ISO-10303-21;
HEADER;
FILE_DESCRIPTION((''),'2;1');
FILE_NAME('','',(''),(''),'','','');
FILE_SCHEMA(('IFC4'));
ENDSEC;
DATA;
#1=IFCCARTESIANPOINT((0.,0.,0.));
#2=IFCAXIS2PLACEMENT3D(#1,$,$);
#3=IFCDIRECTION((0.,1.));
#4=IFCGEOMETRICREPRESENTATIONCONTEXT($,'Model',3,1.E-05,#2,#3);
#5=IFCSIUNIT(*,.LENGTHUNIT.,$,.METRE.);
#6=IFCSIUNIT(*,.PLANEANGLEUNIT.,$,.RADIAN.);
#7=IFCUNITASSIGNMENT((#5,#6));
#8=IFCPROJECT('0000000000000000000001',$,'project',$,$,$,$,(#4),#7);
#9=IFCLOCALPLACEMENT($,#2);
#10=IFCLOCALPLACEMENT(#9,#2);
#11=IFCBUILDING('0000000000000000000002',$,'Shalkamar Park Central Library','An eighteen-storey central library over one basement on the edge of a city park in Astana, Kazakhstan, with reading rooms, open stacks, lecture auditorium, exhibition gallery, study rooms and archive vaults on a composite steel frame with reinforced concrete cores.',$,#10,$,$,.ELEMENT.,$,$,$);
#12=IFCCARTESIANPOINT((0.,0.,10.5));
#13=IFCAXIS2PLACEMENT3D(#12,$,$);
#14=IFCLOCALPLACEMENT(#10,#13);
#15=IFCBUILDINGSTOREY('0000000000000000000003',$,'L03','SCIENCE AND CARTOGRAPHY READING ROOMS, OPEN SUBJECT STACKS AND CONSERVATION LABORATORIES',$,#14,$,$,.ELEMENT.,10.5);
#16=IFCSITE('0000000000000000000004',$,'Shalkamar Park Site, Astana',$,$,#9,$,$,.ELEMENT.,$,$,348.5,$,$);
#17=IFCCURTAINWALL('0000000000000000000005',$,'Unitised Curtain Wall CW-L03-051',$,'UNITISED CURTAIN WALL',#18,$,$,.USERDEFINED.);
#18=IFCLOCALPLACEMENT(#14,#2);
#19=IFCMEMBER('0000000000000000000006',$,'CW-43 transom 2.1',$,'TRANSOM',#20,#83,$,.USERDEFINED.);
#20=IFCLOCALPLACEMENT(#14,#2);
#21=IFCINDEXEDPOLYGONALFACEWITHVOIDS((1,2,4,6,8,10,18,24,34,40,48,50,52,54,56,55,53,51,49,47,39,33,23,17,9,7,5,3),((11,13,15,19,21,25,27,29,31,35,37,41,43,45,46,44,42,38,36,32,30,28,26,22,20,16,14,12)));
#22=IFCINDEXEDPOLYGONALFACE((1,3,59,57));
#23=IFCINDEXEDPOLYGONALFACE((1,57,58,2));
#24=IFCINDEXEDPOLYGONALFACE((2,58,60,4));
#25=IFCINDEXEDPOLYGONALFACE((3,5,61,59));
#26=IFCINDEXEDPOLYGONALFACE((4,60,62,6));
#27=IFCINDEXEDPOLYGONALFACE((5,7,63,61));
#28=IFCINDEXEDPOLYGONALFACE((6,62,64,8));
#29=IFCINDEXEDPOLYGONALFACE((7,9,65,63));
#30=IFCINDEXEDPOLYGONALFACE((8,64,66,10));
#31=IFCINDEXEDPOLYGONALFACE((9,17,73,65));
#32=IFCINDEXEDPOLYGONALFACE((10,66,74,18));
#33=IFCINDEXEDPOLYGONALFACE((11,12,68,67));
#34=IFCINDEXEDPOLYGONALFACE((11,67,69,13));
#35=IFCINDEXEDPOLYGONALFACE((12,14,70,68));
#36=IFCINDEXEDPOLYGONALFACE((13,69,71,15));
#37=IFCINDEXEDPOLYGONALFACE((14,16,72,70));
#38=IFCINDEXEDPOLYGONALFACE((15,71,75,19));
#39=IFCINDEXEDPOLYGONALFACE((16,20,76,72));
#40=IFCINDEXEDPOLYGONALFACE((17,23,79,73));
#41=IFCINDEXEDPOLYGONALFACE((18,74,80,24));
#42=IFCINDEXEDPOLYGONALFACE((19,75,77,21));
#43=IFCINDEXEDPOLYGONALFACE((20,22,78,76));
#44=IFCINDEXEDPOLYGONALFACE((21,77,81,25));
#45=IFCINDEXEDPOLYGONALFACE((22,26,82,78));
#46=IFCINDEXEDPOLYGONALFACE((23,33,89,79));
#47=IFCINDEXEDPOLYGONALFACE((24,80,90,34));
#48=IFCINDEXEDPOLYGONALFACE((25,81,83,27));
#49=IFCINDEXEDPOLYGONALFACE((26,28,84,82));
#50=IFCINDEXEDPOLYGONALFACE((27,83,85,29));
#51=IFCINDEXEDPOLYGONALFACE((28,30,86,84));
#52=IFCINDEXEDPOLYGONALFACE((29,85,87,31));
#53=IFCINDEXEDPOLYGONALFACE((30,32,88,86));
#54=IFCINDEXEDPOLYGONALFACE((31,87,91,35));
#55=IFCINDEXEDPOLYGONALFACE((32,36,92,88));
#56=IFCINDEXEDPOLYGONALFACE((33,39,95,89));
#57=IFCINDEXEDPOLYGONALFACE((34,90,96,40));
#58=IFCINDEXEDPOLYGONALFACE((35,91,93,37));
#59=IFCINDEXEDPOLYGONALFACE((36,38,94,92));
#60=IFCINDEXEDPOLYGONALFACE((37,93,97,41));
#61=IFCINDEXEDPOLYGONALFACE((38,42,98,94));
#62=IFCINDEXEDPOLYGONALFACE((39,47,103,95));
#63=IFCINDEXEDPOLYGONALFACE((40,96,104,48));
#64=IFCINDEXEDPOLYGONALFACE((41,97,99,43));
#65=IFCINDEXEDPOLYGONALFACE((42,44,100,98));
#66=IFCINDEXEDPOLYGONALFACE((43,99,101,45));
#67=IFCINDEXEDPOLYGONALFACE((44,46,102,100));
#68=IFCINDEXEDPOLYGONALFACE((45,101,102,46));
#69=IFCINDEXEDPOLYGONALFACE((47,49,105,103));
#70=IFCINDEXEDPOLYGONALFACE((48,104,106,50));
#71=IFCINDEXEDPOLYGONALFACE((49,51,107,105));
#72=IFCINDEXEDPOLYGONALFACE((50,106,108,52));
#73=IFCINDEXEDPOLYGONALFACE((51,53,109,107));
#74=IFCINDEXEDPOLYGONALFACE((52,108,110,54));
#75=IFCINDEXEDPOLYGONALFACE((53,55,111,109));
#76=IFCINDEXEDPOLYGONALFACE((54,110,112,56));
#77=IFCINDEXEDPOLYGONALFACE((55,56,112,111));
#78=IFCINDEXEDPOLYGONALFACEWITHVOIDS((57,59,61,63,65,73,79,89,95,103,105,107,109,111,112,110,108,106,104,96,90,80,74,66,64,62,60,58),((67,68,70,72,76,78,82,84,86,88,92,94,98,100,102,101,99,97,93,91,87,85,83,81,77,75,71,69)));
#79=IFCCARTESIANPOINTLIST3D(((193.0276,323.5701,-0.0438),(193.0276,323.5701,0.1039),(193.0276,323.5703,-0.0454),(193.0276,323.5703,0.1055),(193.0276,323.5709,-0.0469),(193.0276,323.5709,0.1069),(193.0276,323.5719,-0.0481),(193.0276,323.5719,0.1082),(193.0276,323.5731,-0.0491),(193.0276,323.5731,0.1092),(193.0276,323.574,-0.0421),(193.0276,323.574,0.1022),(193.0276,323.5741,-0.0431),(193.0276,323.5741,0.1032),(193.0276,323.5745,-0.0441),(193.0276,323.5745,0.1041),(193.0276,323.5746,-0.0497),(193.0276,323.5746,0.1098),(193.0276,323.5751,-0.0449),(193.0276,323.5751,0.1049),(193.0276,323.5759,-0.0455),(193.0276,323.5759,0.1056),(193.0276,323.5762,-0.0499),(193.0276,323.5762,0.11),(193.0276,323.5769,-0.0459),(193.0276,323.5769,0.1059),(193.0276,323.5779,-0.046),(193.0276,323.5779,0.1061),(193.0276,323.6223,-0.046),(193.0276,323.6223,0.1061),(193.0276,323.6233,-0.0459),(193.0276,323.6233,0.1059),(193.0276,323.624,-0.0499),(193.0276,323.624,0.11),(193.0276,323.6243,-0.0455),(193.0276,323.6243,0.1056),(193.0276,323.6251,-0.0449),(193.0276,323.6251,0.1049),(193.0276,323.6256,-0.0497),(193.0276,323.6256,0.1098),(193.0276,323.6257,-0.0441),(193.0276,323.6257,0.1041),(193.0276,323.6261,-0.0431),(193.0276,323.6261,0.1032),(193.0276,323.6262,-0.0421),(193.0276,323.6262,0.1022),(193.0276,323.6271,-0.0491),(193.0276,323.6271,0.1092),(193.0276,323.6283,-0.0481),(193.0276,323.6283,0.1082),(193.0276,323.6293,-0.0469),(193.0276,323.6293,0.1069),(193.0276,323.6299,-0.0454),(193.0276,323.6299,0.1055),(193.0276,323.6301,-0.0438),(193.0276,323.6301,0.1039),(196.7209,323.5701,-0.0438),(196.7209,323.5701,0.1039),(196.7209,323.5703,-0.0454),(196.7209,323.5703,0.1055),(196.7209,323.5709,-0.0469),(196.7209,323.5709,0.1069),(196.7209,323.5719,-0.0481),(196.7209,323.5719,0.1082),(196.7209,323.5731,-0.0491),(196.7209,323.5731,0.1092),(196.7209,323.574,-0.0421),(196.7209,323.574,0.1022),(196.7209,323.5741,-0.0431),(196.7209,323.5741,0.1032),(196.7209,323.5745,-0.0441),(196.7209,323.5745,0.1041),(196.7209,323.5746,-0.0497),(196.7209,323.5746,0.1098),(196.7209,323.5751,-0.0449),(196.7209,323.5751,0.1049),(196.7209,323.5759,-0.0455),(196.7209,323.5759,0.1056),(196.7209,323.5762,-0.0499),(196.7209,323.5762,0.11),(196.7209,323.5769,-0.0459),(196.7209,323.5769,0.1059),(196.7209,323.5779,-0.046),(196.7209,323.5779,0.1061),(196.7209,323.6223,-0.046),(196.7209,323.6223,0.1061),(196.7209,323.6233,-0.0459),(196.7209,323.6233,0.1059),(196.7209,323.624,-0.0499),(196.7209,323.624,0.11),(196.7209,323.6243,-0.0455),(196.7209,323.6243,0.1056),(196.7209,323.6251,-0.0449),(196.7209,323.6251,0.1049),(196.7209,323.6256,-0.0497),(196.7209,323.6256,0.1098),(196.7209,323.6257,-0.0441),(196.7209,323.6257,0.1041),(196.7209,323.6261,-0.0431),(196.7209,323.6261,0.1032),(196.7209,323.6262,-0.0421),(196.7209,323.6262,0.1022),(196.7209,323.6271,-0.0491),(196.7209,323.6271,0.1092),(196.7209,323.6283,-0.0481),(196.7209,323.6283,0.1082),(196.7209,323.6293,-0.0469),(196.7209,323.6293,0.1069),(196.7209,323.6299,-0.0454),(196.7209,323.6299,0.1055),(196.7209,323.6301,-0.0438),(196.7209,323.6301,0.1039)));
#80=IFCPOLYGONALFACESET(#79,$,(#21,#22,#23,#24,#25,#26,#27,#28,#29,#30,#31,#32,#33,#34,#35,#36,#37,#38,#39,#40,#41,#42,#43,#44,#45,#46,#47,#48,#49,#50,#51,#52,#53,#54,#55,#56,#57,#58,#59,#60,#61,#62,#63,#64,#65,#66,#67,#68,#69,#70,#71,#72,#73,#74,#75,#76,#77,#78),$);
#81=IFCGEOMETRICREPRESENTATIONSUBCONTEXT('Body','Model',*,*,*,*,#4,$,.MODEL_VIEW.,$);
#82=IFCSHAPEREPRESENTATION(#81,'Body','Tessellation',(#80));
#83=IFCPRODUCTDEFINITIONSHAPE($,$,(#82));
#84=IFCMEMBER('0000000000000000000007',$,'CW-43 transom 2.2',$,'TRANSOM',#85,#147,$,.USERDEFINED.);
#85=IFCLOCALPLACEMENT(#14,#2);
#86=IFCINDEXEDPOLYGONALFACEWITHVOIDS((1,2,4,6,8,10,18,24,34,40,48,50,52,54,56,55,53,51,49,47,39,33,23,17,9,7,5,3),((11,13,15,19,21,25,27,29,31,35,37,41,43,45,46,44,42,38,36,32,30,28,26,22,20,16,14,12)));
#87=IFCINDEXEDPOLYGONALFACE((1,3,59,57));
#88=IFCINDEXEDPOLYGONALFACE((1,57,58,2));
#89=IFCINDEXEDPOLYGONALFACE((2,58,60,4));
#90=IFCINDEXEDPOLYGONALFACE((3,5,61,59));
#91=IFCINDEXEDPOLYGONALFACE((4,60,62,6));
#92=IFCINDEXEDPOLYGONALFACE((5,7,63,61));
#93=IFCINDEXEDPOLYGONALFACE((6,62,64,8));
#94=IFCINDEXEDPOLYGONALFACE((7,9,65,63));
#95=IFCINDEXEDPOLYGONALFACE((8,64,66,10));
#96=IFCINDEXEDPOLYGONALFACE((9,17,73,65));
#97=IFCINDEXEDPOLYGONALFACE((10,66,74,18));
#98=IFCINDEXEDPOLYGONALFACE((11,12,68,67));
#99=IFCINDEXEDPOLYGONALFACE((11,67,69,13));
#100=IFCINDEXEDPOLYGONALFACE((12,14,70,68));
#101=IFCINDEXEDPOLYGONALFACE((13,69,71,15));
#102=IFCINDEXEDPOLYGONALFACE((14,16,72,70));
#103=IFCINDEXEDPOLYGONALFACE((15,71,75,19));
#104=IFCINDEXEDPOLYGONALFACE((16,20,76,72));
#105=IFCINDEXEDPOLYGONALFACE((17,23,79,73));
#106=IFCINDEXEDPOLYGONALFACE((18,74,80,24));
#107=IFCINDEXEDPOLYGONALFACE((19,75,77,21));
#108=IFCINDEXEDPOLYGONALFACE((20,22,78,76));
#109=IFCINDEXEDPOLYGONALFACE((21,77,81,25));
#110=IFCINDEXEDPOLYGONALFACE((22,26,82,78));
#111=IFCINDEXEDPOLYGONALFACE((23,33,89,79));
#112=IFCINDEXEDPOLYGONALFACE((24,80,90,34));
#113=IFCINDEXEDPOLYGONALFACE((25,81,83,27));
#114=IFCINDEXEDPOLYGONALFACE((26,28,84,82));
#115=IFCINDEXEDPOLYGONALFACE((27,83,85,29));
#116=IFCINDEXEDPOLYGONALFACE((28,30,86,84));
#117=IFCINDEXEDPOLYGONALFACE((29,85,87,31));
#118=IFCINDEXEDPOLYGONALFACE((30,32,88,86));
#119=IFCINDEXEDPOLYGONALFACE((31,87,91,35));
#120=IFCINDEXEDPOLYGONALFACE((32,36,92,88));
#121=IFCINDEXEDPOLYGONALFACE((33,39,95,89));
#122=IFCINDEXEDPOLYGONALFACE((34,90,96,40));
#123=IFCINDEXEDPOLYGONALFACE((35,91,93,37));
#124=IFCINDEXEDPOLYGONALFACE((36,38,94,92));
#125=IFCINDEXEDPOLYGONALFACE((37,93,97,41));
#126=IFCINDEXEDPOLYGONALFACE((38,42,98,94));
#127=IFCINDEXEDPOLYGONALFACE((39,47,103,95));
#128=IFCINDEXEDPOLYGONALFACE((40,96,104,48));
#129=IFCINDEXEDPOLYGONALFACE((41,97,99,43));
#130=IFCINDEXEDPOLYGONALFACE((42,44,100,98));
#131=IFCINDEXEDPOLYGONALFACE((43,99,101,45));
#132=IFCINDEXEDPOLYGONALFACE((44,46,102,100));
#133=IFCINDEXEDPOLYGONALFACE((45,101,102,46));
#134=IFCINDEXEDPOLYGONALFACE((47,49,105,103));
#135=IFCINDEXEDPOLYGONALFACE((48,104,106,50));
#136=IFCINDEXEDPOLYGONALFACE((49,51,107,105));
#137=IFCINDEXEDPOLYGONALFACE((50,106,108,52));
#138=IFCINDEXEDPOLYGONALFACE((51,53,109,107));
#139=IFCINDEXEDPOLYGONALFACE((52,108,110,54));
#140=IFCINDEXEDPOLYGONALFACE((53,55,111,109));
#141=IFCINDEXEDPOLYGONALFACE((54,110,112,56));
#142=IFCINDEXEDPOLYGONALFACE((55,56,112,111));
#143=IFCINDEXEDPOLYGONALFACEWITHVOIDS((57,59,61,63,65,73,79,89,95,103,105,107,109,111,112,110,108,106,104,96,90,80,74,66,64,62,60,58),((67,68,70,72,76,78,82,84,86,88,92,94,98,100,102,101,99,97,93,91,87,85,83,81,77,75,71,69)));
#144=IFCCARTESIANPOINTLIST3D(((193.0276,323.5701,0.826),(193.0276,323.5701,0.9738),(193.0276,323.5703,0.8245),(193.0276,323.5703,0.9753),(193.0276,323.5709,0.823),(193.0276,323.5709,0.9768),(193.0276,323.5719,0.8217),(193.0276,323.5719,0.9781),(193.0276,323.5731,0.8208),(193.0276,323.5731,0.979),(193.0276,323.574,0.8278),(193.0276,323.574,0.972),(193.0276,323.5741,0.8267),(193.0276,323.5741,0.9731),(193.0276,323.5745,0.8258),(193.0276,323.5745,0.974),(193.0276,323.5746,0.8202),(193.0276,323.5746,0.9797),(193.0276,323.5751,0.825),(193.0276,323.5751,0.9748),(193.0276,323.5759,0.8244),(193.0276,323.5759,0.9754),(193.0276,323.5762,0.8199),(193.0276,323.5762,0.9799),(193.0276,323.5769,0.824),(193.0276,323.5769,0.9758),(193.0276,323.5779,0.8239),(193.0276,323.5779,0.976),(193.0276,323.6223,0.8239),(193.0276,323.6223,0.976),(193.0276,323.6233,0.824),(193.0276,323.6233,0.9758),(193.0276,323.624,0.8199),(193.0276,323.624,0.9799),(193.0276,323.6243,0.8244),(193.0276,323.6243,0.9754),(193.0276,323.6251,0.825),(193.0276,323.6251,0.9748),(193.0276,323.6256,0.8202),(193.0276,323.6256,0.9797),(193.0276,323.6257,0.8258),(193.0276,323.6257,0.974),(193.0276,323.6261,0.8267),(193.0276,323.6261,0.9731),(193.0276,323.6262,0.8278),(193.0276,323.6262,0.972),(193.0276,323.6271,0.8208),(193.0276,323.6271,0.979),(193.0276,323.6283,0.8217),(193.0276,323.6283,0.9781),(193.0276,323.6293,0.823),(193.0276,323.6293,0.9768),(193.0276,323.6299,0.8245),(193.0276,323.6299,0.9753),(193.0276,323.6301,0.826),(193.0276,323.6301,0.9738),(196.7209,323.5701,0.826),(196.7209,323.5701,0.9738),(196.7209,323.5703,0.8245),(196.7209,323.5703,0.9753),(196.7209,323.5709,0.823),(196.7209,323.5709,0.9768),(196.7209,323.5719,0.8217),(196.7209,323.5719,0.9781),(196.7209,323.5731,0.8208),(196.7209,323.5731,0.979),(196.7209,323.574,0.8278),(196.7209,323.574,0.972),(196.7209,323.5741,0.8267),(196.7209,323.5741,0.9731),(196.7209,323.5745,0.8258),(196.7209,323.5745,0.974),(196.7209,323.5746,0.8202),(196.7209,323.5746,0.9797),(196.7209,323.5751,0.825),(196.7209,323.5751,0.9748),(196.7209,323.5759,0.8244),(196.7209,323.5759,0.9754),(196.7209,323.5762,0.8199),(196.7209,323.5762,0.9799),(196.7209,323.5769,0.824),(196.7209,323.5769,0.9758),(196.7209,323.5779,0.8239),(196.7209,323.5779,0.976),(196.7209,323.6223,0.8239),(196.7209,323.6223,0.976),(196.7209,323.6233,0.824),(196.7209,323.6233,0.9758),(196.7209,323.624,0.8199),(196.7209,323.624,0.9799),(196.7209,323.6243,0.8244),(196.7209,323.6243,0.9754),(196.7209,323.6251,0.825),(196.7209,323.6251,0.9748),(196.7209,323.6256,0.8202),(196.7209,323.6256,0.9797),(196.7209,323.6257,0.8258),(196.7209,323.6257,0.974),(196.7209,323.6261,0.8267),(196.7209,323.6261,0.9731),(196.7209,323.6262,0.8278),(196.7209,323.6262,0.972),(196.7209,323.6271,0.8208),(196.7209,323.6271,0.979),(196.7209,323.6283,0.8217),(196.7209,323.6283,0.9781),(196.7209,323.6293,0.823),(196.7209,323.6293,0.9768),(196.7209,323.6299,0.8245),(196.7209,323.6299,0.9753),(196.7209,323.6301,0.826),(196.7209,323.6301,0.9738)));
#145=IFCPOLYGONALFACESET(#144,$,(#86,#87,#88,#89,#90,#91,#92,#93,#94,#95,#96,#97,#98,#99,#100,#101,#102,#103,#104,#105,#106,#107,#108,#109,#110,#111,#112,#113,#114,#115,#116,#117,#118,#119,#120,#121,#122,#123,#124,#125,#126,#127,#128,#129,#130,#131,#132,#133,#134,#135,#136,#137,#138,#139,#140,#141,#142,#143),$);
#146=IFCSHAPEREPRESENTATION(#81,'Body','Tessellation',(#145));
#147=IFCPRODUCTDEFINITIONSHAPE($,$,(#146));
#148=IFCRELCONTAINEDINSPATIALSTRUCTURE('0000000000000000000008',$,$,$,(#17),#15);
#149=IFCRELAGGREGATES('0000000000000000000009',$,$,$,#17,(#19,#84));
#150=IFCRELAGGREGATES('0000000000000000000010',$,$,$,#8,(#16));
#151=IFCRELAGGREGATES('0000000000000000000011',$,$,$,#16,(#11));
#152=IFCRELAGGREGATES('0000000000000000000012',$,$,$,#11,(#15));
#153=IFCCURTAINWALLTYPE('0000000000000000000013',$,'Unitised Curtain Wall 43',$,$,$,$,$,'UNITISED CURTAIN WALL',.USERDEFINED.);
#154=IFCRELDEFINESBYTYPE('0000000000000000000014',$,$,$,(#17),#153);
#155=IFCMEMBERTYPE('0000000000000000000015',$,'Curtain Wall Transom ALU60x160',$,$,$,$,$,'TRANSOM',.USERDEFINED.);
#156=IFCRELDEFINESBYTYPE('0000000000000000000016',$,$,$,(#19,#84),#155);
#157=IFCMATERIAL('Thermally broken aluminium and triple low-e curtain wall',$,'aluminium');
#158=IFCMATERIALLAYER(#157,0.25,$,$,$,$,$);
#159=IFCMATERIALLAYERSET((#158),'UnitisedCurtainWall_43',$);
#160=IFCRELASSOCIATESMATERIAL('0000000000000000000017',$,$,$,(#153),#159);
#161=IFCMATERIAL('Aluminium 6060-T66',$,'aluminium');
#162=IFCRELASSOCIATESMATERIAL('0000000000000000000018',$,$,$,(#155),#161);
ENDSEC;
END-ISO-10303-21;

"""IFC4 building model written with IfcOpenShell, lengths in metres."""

from ifc_helpers import new_model, si_unit, direction, frame, origin, origin_2d, place, context, subcontext, project, spatial, hollow_rectangle, extrude, material, layer, layer_set, material_profile, profile_set, type_object, element, aggregate, save


model = new_model("IFC4")

# Units and contexts
model_context = context("Model", 3, precision=1e-05, world=origin(), true_north=direction((0.0, 1.0)))
body_context = subcontext(model_context, "Body", "Model", "MODEL_VIEW")
ifc_project = project(units=[si_unit("LENGTHUNIT", "METRE"), si_unit("PLANEANGLEUNIT", "RADIAN")], contexts=[model_context])

# Site, building, storey
site_placement = place(None, origin())
site = spatial("IfcSite", under=ifc_project, at=site_placement, Name="Shalkamar Park Site, Astana", CompositionType="ELEMENT", RefElevation=348.5)
building_placement = place(site_placement, origin())
building = spatial("IfcBuilding", under=site, at=building_placement, Name="Shalkamar Park Central Library", Description="An eighteen-storey central library over one basement on the edge of a city park in Astana, Kazakhstan, with reading rooms, open stacks, lecture auditorium, exhibition gallery, study rooms and archive vaults on a composite steel frame with reinforced concrete cores.", CompositionType="ELEMENT")
storey_placement = place(building_placement, frame((0.0, 0.0, 10.5)))
storey = spatial("IfcBuildingStorey", under=building, at=storey_placement, Name="L03", Description="SCIENCE AND CARTOGRAPHY READING ROOMS, OPEN SUBJECT STACKS AND CONSERVATION LABORATORIES", CompositionType="ELEMENT", Elevation=10.5)

# Curtain wall, members
ifc_material_1 = material(Name="Thermally broken aluminium and triple low-e curtain wall", Category="aluminium")
ifc_layer_1 = layer(ifc_material_1, 0.25)
ifc_layer_set_1 = layer_set([ifc_layer_1], Name="UnitisedCurtainWall_43")
curtain_wall_type = type_object("IfcCurtainWallType", Name="Unitised Curtain Wall 43", ElementType="UNITISED CURTAIN WALL", PredefinedType="USERDEFINED", material=ifc_layer_set_1)
curtain_wall_placement = place(storey_placement, origin())
curtain_wall = element("IfcCurtainWall", 1, at=curtain_wall_placement, inside=storey, type_object=curtain_wall_type, Name="Unitised Curtain Wall CW-L03-051", ObjectType="UNITISED CURTAIN WALL", PredefinedType="USERDEFINED")
ifc_material_2 = material(Name="Aluminium 6060-T66", Category="aluminium")
ifc_material_profile_1 = material_profile(ifc_material_2, hollow_rectangle(XDim=0.0601, YDim=0.1599, WallThickness=0.0039, InnerFilletRadius=0.0039, OuterFilletRadius=0.0061, at=origin_2d()), Name="ALU 60x160x4")
ifc_profile_set_1 = profile_set([ifc_material_profile_1], Name="Aluminium 6060-T66")
member_type_1 = type_object("IfcMemberType", Name="Curtain Wall Transom ALU60x160", ElementType="TRANSOM", PredefinedType="USERDEFINED", material=ifc_profile_set_1)
member_1_placement = place(storey_placement, frame((193.0276, 323.6001, 0.03), z_axis=(1.0, 0.0, 0.0), x_axis=(0.0, 1.0, 0.0)))
member_1 = element("IfcMember", 2, at=member_1_placement, type_object=member_type_1, Name="CW-43 transom 2.1", ObjectType="TRANSOM", PredefinedType="USERDEFINED", context=body_context, shape_type="SweptSolid", body=[
    extrude(hollow_rectangle(XDim=0.0601, YDim=0.1599, WallThickness=0.0039, InnerFilletRadius=0.0039, OuterFilletRadius=0.0061, at=origin_2d()), origin(), (0.0, 0.0, 1.0), 3.6934),
])
member_2_placement = place(storey_placement, frame((193.0276, 323.6001, 0.8999), z_axis=(1.0, 0.0, 0.0), x_axis=(0.0, 1.0, 0.0)))
member_2 = element("IfcMember", 3, at=member_2_placement, type_object=member_type_1, Name="CW-43 transom 2.2", ObjectType="TRANSOM", PredefinedType="USERDEFINED", context=body_context, shape_type="SweptSolid", body=[
    extrude(hollow_rectangle(XDim=0.0601, YDim=0.1599, WallThickness=0.0039, InnerFilletRadius=0.0039, OuterFilletRadius=0.0061, at=origin_2d()), origin(), (0.0, 0.0, 1.0), 3.6934),
])

aggregate(curtain_wall, [member_1, member_2])

save(model, "model.ifc")
